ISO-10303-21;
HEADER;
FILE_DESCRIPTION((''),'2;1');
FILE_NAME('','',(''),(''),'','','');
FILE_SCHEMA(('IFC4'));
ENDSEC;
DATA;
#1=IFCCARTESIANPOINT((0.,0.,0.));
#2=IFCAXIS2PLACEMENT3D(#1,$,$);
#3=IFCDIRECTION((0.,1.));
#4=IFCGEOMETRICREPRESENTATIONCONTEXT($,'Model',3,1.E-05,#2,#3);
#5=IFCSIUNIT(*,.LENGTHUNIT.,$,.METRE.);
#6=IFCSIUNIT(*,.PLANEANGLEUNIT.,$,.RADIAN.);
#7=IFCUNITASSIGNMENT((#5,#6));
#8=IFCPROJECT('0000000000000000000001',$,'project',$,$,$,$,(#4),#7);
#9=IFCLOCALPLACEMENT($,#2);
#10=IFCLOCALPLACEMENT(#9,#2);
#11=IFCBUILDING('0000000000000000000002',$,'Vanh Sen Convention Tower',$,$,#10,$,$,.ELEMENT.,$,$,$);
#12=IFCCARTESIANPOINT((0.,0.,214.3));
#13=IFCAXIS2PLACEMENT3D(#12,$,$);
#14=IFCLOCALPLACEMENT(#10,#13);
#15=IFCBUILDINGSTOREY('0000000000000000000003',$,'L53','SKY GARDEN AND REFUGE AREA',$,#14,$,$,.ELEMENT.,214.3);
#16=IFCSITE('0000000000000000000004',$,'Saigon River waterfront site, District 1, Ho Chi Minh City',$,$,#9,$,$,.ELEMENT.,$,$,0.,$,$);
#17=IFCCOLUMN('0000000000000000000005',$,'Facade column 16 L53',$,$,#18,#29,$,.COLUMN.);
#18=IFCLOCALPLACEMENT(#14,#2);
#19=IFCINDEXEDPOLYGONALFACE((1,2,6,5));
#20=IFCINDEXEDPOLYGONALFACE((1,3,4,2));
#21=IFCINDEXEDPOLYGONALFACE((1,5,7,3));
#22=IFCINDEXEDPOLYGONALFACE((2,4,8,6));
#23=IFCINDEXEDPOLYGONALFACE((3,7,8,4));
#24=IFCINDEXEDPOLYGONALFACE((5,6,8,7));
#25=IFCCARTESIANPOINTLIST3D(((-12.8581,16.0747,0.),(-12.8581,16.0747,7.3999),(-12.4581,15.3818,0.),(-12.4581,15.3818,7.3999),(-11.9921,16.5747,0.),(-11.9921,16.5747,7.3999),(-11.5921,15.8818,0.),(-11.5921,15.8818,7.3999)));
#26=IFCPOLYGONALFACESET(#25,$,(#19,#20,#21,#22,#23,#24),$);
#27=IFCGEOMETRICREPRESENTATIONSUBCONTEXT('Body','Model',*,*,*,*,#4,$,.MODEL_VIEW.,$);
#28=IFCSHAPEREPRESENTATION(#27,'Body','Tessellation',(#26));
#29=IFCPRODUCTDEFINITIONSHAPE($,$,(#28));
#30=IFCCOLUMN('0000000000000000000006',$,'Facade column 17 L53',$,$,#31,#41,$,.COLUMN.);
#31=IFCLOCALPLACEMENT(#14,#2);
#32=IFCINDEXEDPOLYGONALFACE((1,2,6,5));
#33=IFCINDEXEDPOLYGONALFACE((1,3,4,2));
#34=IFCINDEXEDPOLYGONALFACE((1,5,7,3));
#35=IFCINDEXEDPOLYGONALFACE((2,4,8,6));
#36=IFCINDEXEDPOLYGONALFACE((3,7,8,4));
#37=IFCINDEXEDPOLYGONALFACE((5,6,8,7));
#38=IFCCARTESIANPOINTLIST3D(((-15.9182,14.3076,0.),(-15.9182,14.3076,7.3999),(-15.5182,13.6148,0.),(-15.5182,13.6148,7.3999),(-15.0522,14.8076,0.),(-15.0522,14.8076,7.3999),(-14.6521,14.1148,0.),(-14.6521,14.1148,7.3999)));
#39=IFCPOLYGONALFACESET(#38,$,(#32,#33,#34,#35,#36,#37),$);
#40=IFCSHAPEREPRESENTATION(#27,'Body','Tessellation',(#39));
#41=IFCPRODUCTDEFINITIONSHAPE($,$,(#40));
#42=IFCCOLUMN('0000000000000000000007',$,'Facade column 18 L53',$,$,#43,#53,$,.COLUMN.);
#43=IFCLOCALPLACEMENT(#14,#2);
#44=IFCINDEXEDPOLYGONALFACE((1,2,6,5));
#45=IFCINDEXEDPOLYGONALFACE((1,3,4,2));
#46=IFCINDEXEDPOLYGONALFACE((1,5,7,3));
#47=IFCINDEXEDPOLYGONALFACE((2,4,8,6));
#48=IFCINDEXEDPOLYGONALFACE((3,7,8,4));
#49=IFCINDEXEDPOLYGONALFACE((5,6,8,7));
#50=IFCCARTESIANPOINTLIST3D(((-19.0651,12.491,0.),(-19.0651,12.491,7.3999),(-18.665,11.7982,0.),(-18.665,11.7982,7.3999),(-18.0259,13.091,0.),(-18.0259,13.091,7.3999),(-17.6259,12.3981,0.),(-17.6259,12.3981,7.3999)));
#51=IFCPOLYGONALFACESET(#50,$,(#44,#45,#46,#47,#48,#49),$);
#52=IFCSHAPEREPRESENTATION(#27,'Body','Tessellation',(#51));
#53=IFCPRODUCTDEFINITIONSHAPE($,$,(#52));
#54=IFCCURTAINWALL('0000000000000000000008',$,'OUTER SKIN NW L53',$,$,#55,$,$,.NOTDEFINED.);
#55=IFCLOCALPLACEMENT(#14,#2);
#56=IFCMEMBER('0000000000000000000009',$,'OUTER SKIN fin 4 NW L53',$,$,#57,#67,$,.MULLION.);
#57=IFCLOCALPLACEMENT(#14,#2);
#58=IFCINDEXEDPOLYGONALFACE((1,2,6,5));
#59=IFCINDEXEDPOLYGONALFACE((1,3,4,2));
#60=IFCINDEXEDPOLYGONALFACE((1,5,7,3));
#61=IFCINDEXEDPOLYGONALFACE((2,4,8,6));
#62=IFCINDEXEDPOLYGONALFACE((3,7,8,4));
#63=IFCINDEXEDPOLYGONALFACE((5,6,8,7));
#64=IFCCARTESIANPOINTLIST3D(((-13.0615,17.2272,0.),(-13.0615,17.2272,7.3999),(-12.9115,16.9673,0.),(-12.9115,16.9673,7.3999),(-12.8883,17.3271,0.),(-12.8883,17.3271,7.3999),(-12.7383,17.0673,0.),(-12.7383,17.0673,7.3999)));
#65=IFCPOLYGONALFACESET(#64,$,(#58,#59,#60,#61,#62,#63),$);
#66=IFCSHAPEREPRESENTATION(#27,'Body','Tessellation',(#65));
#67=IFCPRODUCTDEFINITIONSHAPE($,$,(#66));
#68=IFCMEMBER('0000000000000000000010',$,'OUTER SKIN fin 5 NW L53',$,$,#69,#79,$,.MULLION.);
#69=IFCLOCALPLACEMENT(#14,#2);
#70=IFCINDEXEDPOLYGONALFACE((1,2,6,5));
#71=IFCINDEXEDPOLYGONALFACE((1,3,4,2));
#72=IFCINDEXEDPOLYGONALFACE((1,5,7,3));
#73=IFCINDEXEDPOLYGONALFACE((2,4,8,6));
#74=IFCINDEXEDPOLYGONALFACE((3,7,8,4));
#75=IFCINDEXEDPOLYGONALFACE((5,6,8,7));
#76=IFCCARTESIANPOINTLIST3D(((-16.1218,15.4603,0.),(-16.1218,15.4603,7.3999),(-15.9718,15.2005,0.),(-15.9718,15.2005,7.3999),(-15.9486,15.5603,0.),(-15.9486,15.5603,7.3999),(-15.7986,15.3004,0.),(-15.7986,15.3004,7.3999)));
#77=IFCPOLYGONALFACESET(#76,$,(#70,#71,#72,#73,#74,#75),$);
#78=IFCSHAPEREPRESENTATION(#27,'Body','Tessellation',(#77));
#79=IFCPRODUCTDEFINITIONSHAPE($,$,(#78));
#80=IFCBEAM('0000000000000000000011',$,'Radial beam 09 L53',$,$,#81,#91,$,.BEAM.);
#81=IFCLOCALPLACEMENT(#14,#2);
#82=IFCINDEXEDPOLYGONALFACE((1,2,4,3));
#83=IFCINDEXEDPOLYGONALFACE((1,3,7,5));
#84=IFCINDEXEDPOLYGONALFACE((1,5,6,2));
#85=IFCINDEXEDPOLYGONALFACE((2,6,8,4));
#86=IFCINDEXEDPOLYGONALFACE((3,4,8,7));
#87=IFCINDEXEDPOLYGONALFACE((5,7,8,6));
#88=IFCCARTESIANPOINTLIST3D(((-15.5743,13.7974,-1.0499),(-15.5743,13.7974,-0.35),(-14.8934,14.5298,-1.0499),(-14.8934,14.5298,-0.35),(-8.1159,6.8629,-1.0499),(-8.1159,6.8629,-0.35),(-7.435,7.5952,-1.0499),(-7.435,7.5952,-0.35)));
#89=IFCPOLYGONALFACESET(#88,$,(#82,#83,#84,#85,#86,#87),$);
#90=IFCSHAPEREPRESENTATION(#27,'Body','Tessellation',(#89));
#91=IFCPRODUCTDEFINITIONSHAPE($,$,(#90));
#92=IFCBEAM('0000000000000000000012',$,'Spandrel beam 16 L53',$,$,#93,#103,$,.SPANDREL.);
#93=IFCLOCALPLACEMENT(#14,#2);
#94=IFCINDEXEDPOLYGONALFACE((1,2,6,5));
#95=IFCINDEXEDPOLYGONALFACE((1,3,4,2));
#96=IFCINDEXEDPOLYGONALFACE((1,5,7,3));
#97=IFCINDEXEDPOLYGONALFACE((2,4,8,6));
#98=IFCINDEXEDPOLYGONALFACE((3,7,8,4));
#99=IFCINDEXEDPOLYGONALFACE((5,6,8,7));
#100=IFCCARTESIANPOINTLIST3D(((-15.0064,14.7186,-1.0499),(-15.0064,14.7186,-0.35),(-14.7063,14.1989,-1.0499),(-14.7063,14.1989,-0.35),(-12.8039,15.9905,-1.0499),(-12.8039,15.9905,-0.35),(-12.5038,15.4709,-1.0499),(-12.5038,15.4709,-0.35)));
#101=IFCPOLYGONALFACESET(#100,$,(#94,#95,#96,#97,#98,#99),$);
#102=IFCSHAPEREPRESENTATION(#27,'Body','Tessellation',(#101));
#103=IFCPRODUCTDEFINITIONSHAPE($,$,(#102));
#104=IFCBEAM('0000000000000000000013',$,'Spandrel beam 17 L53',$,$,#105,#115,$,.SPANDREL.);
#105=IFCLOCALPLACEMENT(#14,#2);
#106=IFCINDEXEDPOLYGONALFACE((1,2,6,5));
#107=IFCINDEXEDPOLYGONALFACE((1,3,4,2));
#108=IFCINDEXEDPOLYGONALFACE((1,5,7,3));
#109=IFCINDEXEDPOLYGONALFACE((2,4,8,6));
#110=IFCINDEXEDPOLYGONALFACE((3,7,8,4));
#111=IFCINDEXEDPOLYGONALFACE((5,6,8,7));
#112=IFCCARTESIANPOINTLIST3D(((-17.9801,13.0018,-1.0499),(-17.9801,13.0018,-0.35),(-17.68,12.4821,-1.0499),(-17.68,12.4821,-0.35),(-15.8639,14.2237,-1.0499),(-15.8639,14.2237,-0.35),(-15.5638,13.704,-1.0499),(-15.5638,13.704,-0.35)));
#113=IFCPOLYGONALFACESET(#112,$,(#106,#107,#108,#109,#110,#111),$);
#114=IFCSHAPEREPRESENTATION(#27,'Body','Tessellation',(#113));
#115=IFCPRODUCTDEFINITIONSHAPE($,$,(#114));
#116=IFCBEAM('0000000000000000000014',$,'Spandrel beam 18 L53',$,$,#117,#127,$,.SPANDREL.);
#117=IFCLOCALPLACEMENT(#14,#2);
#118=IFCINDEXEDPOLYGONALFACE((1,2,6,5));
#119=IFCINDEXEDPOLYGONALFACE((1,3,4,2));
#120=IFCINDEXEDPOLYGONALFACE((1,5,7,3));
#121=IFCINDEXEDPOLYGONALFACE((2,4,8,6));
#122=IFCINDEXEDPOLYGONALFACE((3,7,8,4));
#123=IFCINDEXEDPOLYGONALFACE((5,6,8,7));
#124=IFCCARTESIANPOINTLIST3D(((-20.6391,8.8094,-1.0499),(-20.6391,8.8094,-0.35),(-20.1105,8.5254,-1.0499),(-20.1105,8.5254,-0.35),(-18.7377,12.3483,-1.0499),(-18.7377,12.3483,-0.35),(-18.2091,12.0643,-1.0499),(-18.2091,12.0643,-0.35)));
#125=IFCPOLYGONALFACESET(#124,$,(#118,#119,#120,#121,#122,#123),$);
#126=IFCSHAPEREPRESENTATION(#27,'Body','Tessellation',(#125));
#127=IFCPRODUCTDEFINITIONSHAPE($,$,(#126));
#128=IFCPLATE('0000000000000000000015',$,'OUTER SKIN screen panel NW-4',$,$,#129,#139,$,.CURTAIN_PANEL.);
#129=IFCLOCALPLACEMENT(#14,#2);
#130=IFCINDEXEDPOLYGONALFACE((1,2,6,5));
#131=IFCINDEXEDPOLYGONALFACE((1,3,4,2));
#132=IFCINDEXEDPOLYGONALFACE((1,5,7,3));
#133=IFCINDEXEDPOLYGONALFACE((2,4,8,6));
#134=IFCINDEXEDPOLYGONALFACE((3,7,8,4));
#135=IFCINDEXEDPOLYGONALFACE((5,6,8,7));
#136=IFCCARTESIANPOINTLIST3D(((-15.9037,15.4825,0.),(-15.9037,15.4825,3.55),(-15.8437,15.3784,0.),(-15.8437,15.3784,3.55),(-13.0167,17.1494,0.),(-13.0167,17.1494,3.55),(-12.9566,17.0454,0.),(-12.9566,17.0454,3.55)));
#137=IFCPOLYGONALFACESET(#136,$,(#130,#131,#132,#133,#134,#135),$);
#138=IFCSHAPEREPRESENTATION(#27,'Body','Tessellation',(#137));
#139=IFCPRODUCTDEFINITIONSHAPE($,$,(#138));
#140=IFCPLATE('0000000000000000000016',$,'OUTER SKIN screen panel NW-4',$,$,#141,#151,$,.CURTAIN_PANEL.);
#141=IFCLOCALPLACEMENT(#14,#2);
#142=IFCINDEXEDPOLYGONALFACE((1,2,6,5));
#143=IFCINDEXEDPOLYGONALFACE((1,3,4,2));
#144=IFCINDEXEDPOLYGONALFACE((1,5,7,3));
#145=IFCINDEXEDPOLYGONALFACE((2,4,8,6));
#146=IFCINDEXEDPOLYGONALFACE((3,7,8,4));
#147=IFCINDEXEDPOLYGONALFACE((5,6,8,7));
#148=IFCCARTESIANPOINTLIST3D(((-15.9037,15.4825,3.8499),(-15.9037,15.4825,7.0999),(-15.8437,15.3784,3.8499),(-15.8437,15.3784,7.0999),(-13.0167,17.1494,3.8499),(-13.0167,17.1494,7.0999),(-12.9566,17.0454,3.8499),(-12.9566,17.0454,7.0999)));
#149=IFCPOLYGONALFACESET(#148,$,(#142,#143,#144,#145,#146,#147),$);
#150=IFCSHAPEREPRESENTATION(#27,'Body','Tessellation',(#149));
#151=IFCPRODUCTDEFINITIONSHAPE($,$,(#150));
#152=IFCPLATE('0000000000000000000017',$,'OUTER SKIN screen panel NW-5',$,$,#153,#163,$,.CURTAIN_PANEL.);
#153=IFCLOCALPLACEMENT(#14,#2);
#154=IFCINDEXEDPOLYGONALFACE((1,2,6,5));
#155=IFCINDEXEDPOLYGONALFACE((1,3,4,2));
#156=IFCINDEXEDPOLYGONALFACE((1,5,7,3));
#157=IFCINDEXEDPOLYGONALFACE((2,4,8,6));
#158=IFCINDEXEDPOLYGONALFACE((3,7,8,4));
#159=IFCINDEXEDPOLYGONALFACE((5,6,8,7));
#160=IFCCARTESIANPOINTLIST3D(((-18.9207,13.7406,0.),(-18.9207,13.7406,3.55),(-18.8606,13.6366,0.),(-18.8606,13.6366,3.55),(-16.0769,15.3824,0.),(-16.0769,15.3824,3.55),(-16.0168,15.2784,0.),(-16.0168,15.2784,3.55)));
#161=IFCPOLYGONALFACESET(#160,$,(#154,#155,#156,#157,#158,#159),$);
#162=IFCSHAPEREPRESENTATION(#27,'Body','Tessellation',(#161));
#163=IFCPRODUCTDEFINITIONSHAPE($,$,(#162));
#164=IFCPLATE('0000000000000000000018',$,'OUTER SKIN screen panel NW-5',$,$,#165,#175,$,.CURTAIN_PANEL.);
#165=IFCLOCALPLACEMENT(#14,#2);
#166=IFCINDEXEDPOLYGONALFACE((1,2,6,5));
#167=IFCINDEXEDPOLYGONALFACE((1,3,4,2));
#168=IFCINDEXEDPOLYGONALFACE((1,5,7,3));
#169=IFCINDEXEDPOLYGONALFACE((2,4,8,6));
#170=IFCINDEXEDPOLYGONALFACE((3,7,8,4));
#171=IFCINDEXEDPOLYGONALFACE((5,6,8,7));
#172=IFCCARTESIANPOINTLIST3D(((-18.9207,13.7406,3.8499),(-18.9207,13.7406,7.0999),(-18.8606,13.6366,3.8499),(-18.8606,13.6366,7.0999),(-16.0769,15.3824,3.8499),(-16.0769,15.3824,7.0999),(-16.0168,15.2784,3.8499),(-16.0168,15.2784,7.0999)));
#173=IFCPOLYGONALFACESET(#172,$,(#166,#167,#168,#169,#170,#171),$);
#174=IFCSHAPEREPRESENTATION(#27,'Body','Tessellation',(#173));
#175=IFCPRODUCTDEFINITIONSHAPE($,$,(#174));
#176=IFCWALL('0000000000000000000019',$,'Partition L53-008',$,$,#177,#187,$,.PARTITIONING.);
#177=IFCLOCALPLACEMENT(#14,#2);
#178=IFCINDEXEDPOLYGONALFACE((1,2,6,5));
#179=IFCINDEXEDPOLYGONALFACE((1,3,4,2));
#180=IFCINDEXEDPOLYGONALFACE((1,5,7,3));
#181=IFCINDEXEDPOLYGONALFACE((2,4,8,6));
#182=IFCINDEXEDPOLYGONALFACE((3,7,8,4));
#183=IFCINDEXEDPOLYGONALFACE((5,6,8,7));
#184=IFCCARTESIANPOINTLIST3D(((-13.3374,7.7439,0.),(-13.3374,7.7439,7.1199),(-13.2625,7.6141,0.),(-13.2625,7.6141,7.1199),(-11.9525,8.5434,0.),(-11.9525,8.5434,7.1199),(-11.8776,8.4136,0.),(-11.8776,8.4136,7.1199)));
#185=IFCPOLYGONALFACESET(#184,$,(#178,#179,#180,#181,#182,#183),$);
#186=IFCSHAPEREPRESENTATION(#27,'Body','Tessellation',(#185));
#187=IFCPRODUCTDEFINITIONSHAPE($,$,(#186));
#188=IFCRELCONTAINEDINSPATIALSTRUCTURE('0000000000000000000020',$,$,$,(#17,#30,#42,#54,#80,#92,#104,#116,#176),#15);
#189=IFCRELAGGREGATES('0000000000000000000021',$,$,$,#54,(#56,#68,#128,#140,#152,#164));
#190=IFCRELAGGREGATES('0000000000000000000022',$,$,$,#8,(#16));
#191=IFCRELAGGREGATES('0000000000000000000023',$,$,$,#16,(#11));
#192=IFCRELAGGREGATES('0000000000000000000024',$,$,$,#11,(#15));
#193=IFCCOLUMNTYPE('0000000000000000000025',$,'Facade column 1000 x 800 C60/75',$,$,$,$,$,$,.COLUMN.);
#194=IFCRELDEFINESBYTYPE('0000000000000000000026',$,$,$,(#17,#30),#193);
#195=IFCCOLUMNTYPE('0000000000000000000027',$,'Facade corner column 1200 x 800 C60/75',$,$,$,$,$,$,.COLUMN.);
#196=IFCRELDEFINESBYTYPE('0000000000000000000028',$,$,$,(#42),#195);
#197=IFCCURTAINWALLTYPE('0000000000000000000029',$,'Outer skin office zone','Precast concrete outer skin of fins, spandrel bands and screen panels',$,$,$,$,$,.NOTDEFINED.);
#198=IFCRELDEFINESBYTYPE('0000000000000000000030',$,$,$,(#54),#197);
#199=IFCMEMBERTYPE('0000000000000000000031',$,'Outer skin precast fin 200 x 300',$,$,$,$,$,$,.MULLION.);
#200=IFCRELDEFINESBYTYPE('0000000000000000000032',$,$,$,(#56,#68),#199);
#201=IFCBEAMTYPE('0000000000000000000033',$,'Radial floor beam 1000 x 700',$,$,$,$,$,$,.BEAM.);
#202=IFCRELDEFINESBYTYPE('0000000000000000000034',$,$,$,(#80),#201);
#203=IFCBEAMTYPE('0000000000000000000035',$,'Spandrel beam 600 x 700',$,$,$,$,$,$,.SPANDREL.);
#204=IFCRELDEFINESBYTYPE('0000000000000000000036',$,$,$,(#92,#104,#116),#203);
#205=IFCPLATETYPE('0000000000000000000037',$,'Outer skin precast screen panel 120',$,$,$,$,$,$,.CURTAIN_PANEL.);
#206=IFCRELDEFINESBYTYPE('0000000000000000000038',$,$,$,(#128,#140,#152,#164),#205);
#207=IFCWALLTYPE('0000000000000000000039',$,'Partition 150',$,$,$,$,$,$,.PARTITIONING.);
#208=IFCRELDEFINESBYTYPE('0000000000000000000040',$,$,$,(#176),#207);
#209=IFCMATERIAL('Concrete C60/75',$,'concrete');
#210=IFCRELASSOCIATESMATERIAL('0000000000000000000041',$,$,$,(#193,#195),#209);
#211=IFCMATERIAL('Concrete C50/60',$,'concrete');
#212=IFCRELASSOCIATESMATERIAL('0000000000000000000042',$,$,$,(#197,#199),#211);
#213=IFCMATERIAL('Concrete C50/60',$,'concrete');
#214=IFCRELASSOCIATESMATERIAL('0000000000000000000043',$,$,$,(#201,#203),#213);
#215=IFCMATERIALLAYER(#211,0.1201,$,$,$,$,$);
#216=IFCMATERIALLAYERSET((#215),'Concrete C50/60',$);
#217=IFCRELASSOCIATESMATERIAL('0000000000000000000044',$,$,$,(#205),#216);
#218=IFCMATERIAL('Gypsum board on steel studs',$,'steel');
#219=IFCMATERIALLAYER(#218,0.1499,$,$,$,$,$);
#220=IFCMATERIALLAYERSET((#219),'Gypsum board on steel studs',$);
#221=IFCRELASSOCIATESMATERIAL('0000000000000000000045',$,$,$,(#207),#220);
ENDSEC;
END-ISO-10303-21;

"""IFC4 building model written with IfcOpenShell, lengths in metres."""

from ifc_helpers import new_model, si_unit, direction, frame, frame_2d, origin, origin_2d, place, context, subcontext, project, spatial, rectangle, extrude, material, layer, layer_set, material_profile, profile_set, type_object, element, aggregate, save


model = new_model("IFC4")

# Units and contexts
model_context = context("Model", 3, precision=1e-05, world=origin(), true_north=direction((0.0, 1.0)))
body_context = subcontext(model_context, "Body", "Model", "MODEL_VIEW")
ifc_project = project(units=[si_unit("LENGTHUNIT", "METRE"), si_unit("PLANEANGLEUNIT", "RADIAN")], contexts=[model_context])

# Site, building, storey
site_placement = place(None, origin())
site = spatial("IfcSite", under=ifc_project, at=site_placement, Name="Saigon River waterfront site, District 1, Ho Chi Minh City", CompositionType="ELEMENT", RefElevation=0.0)
building_placement = place(site_placement, origin())
building = spatial("IfcBuilding", under=site, at=building_placement, Name="Vanh Sen Convention Tower", CompositionType="ELEMENT")
storey_placement = place(building_placement, frame((0.0, 0.0, 214.3)))
storey = spatial("IfcBuildingStorey", under=building, at=storey_placement, Name="L53", Description="SKY GARDEN AND REFUGE AREA", CompositionType="ELEMENT", Elevation=214.3)

# Columns
ifc_material_1 = material(Name="Concrete C60/75", Category="concrete")
ifc_material_profile_1 = material_profile(ifc_material_1, rectangle(XDim=1.0, YDim=0.8, at=origin_2d()), Name="RC 1000X800")
ifc_profile_set_1 = profile_set([ifc_material_profile_1], Name="Concrete C60/75")
column_type_1 = type_object("IfcColumnType", Name="Facade column 1000 x 800 C60/75", PredefinedType="COLUMN", material=ifc_profile_set_1)
for number, where, z_axis, x_axis, name in (
    (1, (-12.2251, 15.9783, 0.0), (0.0, 0.0, 1.0), (-0.866025, -0.5, 0.0), "Facade column 16 L53"),
    (2, (-15.2852, 14.2112, 0.0), (0.0, 0.0, 1.0), (-0.866025, -0.5, 0.0), "Facade column 17 L53"),
):
    element("IfcColumn", number, at=place(storey_placement, frame(where, z_axis=z_axis, x_axis=x_axis)), inside=storey, type_object=column_type_1, Name=name, PredefinedType="COLUMN", context=body_context, shape_type="SweptSolid", body=[
        extrude(rectangle(XDim=1.0, YDim=0.8, at=origin_2d()), origin(), (0.0, 0.0, 1.0), 7.3999),
    ])
ifc_material_profile_2 = material_profile(ifc_material_1, rectangle(XDim=1.2, YDim=0.8, at=origin_2d()), Name="RC 1200X800")
ifc_profile_set_2 = profile_set([ifc_material_profile_2], Name="Concrete C60/75")
column_type_2 = type_object("IfcColumnType", Name="Facade corner column 1200 x 800 C60/75", PredefinedType="COLUMN", material=ifc_profile_set_2)
column_placement = place(storey_placement, frame((-18.3455, 12.4446, 0.0), z_axis=(0.0, 0.0, 1.0), x_axis=(-0.866025, -0.5, 0.0)))
element("IfcColumn", 3, at=column_placement, inside=storey, type_object=column_type_2, Name="Facade column 18 L53", PredefinedType="COLUMN", context=body_context, shape_type="SweptSolid", body=[
    extrude(rectangle(XDim=1.2, YDim=0.8, at=origin_2d()), origin(), (0.0, 0.0, 1.0), 7.3999),
])

# Curtain wall, members
ifc_material_2 = material(Name="Concrete C50/60", Category="concrete")
curtain_wall_type = type_object("IfcCurtainWallType", Name="Outer skin office zone", Description="Precast concrete outer skin of fins, spandrel bands and screen panels", PredefinedType="NOTDEFINED", material=ifc_material_2)
curtain_wall_placement = place(storey_placement, origin())
curtain_wall = element("IfcCurtainWall", 4, at=curtain_wall_placement, inside=storey, type_object=curtain_wall_type, Name="OUTER SKIN NW L53", PredefinedType="NOTDEFINED")
ifc_material_profile_3 = material_profile(ifc_material_2, rectangle(XDim=0.2, YDim=0.3, at=origin_2d()), Name="Outer skin precast fin 200 x 300")
ifc_profile_set_3 = profile_set([ifc_material_profile_3], Name="Concrete C50/60")
member_type = type_object("IfcMemberType", Name="Outer skin precast fin 200 x 300", PredefinedType="MULLION", material=ifc_profile_set_3)
member_1_placement = place(storey_placement, frame((-12.8999, 17.1472, 0.0), z_axis=(0.0, 0.0, 1.0), x_axis=(-0.866025, -0.5, 0.0)))
member_1 = element("IfcMember", 5, at=member_1_placement, type_object=member_type, Name="OUTER SKIN fin 4 NW L53", PredefinedType="MULLION", context=body_context, shape_type="SweptSolid", body=[
    extrude(rectangle(XDim=0.2, YDim=0.3, at=origin_2d()), origin(), (0.0, 0.0, 1.0), 7.3999),
])
member_2_placement = place(storey_placement, frame((-15.9602, 15.3804, 0.0), z_axis=(0.0, 0.0, 1.0), x_axis=(-0.866025, -0.5, 0.0)))
member_2 = element("IfcMember", 6, at=member_2_placement, type_object=member_type, Name="OUTER SKIN fin 5 NW L53", PredefinedType="MULLION", context=body_context, shape_type="SweptSolid", body=[
    extrude(rectangle(XDim=0.2, YDim=0.3, at=origin_2d()), origin(), (0.0, 0.0, 1.0), 7.3999),
])

# Beams
ifc_material_3 = material(Name="Concrete C50/60", Category="concrete")
ifc_material_profile_4 = material_profile(ifc_material_3, rectangle(XDim=1.0, YDim=0.7, at=origin_2d()), Name="RC 1000X700")
ifc_profile_set_4 = profile_set([ifc_material_profile_4], Name="Concrete C50/60")
beam_type_1 = type_object("IfcBeamType", Name="Radial floor beam 1000 x 700", PredefinedType="BEAM", material=ifc_profile_set_4)
beam_1_placement = place(storey_placement, frame((-15.2339, 14.1636, -0.7), z_axis=(0.732361, -0.680916, 0.0), x_axis=(0.680916, 0.732361, 0.0)))
element("IfcBeam", 7, at=beam_1_placement, inside=storey, type_object=beam_type_1, Name="Radial beam 09 L53", PredefinedType="BEAM", context=body_context, shape_type="SweptSolid", body=[
    extrude(rectangle(XDim=1.0, YDim=0.7, at=origin_2d()), origin(), (0.0, 0.0, 1.0), 10.1841),
])
ifc_material_profile_5 = material_profile(ifc_material_3, rectangle(XDim=0.6001, YDim=0.7, at=origin_2d()), Name="RC 600X700")
ifc_profile_set_5 = profile_set([ifc_material_profile_5], Name="Concrete C50/60")
beam_type_2 = type_object("IfcBeamType", Name="Spandrel beam 600 x 700", PredefinedType="SPANDREL", material=ifc_profile_set_5)
beam_2_placement = place(storey_placement, frame((-12.6538, 15.7307, -0.7), z_axis=(-0.865978, -0.500082, 0.0), x_axis=(0.500082, -0.865978, 0.0)))
element("IfcBeam", 8, at=beam_2_placement, inside=storey, type_object=beam_type_2, Name="Spandrel beam 16 L53", PredefinedType="SPANDREL", context=body_context, shape_type="SweptSolid", body=[
    extrude(rectangle(XDim=0.6001, YDim=0.7, at=origin_2d()), origin(), (0.0, 0.0, 1.0), 2.5435),
])
beam_3_placement = place(storey_placement, frame((-15.7139, 13.9639, -0.7), z_axis=(-0.866003, -0.50004, 0.0), x_axis=(0.50004, -0.866003, 0.0)))
element("IfcBeam", 9, at=beam_3_placement, inside=storey, type_object=beam_type_2, Name="Spandrel beam 17 L53", PredefinedType="SPANDREL", context=body_context, shape_type="SweptSolid", body=[
    extrude(rectangle(XDim=0.6001, YDim=0.7, at=origin_2d()), origin(), (0.0, 0.0, 1.0), 2.4436),
])
beam_4_placement = place(storey_placement, frame((-18.4734, 12.2063, -0.7), z_axis=(-0.473299, -0.880902, 0.0), x_axis=(0.880902, -0.473299, 0.0)))
element("IfcBeam", 10, at=beam_4_placement, inside=storey, type_object=beam_type_2, Name="Spandrel beam 18 L53", PredefinedType="SPANDREL", context=body_context, shape_type="SweptSolid", body=[
    extrude(rectangle(XDim=0.6001, YDim=0.7, at=origin_2d()), origin(), (0.0, 0.0, 1.0), 4.0173),
])

# Plates
ifc_layer_1 = layer(ifc_material_2, 0.1201)
ifc_layer_set_1 = layer_set([ifc_layer_1], Name="Concrete C50/60")
plate_type = type_object("IfcPlateType", Name="Outer skin precast screen panel 120", PredefinedType="CURTAIN_PANEL", material=ifc_layer_set_1)
plate_1_placement = place(storey_placement, frame((-14.4302, 16.2639, 0.0), z_axis=(0.0, 0.0, 1.0), x_axis=(-0.866014, -0.50002, 0.0)))
plate_1 = element("IfcPlate", 11, at=plate_1_placement, type_object=plate_type, Name="OUTER SKIN screen panel NW-4", PredefinedType="CURTAIN_PANEL", context=body_context, shape_type="SweptSolid", body=[
    extrude(rectangle(XDim=3.3337, YDim=0.1201, at=origin_2d()), origin(), (0.0, 0.0, 1.0), 3.55),
])
plate_2_placement = place(storey_placement, frame((-14.4302, 16.2639, 3.8499), z_axis=(0.0, 0.0, 1.0), x_axis=(-0.866014, -0.50002, 0.0)))
plate_2 = element("IfcPlate", 12, at=plate_2_placement, type_object=plate_type, Name="OUTER SKIN screen panel NW-4", PredefinedType="CURTAIN_PANEL", context=body_context, shape_type="SweptSolid", body=[
    extrude(rectangle(XDim=3.3337, YDim=0.1201, at=origin_2d()), origin(), (0.0, 0.0, 1.0), 3.25),
])
plate_3_placement = place(storey_placement, frame((-17.4688, 14.5095, 0.0), z_axis=(0.0, 0.0, 1.0), x_axis=(-0.866033, -0.499986, 0.0)))
plate_3 = element("IfcPlate", 13, at=plate_3_placement, type_object=plate_type, Name="OUTER SKIN screen panel NW-5", PredefinedType="CURTAIN_PANEL", context=body_context, shape_type="SweptSolid", body=[
    extrude(rectangle(XDim=3.2837, YDim=0.1201, at=origin_2d()), origin(), (0.0, 0.0, 1.0), 3.55),
])
plate_4_placement = place(storey_placement, frame((-17.4688, 14.5095, 3.8499), z_axis=(0.0, 0.0, 1.0), x_axis=(-0.866033, -0.499986, 0.0)))
plate_4 = element("IfcPlate", 14, at=plate_4_placement, type_object=plate_type, Name="OUTER SKIN screen panel NW-5", PredefinedType="CURTAIN_PANEL", context=body_context, shape_type="SweptSolid", body=[
    extrude(rectangle(XDim=3.2837, YDim=0.1201, at=origin_2d()), origin(), (0.0, 0.0, 1.0), 3.25),
])
aggregate(curtain_wall, [member_1, member_2, plate_1, plate_2, plate_3, plate_4])

# Wall
ifc_material_4 = material(Name="Gypsum board on steel studs", Category="steel")
ifc_layer_2 = layer(ifc_material_4, 0.1499)
ifc_layer_set_2 = layer_set([ifc_layer_2], Name="Gypsum board on steel studs")
wall_type = type_object("IfcWallType", Name="Partition 150", PredefinedType="PARTITIONING", material=ifc_layer_set_2)
wall_1_placement = place(storey_placement, frame((-11.915, 8.4785, 0.0), z_axis=(0.0, 0.0, 1.0), x_axis=(-0.866046, -0.499965, 0.0)))
element("IfcWall", 15, at=wall_1_placement, inside=storey, type_object=wall_type, Name="Partition L53-008", PredefinedType="PARTITIONING", context=body_context, shape_type="SweptSolid", body=[
    extrude(rectangle(XDim=1.5991, YDim=0.1499, at=frame_2d((0.7996, 0.0))), origin(), (0.0, 0.0, 1.0), 7.1199),
])

save(model, "model.ifc")
